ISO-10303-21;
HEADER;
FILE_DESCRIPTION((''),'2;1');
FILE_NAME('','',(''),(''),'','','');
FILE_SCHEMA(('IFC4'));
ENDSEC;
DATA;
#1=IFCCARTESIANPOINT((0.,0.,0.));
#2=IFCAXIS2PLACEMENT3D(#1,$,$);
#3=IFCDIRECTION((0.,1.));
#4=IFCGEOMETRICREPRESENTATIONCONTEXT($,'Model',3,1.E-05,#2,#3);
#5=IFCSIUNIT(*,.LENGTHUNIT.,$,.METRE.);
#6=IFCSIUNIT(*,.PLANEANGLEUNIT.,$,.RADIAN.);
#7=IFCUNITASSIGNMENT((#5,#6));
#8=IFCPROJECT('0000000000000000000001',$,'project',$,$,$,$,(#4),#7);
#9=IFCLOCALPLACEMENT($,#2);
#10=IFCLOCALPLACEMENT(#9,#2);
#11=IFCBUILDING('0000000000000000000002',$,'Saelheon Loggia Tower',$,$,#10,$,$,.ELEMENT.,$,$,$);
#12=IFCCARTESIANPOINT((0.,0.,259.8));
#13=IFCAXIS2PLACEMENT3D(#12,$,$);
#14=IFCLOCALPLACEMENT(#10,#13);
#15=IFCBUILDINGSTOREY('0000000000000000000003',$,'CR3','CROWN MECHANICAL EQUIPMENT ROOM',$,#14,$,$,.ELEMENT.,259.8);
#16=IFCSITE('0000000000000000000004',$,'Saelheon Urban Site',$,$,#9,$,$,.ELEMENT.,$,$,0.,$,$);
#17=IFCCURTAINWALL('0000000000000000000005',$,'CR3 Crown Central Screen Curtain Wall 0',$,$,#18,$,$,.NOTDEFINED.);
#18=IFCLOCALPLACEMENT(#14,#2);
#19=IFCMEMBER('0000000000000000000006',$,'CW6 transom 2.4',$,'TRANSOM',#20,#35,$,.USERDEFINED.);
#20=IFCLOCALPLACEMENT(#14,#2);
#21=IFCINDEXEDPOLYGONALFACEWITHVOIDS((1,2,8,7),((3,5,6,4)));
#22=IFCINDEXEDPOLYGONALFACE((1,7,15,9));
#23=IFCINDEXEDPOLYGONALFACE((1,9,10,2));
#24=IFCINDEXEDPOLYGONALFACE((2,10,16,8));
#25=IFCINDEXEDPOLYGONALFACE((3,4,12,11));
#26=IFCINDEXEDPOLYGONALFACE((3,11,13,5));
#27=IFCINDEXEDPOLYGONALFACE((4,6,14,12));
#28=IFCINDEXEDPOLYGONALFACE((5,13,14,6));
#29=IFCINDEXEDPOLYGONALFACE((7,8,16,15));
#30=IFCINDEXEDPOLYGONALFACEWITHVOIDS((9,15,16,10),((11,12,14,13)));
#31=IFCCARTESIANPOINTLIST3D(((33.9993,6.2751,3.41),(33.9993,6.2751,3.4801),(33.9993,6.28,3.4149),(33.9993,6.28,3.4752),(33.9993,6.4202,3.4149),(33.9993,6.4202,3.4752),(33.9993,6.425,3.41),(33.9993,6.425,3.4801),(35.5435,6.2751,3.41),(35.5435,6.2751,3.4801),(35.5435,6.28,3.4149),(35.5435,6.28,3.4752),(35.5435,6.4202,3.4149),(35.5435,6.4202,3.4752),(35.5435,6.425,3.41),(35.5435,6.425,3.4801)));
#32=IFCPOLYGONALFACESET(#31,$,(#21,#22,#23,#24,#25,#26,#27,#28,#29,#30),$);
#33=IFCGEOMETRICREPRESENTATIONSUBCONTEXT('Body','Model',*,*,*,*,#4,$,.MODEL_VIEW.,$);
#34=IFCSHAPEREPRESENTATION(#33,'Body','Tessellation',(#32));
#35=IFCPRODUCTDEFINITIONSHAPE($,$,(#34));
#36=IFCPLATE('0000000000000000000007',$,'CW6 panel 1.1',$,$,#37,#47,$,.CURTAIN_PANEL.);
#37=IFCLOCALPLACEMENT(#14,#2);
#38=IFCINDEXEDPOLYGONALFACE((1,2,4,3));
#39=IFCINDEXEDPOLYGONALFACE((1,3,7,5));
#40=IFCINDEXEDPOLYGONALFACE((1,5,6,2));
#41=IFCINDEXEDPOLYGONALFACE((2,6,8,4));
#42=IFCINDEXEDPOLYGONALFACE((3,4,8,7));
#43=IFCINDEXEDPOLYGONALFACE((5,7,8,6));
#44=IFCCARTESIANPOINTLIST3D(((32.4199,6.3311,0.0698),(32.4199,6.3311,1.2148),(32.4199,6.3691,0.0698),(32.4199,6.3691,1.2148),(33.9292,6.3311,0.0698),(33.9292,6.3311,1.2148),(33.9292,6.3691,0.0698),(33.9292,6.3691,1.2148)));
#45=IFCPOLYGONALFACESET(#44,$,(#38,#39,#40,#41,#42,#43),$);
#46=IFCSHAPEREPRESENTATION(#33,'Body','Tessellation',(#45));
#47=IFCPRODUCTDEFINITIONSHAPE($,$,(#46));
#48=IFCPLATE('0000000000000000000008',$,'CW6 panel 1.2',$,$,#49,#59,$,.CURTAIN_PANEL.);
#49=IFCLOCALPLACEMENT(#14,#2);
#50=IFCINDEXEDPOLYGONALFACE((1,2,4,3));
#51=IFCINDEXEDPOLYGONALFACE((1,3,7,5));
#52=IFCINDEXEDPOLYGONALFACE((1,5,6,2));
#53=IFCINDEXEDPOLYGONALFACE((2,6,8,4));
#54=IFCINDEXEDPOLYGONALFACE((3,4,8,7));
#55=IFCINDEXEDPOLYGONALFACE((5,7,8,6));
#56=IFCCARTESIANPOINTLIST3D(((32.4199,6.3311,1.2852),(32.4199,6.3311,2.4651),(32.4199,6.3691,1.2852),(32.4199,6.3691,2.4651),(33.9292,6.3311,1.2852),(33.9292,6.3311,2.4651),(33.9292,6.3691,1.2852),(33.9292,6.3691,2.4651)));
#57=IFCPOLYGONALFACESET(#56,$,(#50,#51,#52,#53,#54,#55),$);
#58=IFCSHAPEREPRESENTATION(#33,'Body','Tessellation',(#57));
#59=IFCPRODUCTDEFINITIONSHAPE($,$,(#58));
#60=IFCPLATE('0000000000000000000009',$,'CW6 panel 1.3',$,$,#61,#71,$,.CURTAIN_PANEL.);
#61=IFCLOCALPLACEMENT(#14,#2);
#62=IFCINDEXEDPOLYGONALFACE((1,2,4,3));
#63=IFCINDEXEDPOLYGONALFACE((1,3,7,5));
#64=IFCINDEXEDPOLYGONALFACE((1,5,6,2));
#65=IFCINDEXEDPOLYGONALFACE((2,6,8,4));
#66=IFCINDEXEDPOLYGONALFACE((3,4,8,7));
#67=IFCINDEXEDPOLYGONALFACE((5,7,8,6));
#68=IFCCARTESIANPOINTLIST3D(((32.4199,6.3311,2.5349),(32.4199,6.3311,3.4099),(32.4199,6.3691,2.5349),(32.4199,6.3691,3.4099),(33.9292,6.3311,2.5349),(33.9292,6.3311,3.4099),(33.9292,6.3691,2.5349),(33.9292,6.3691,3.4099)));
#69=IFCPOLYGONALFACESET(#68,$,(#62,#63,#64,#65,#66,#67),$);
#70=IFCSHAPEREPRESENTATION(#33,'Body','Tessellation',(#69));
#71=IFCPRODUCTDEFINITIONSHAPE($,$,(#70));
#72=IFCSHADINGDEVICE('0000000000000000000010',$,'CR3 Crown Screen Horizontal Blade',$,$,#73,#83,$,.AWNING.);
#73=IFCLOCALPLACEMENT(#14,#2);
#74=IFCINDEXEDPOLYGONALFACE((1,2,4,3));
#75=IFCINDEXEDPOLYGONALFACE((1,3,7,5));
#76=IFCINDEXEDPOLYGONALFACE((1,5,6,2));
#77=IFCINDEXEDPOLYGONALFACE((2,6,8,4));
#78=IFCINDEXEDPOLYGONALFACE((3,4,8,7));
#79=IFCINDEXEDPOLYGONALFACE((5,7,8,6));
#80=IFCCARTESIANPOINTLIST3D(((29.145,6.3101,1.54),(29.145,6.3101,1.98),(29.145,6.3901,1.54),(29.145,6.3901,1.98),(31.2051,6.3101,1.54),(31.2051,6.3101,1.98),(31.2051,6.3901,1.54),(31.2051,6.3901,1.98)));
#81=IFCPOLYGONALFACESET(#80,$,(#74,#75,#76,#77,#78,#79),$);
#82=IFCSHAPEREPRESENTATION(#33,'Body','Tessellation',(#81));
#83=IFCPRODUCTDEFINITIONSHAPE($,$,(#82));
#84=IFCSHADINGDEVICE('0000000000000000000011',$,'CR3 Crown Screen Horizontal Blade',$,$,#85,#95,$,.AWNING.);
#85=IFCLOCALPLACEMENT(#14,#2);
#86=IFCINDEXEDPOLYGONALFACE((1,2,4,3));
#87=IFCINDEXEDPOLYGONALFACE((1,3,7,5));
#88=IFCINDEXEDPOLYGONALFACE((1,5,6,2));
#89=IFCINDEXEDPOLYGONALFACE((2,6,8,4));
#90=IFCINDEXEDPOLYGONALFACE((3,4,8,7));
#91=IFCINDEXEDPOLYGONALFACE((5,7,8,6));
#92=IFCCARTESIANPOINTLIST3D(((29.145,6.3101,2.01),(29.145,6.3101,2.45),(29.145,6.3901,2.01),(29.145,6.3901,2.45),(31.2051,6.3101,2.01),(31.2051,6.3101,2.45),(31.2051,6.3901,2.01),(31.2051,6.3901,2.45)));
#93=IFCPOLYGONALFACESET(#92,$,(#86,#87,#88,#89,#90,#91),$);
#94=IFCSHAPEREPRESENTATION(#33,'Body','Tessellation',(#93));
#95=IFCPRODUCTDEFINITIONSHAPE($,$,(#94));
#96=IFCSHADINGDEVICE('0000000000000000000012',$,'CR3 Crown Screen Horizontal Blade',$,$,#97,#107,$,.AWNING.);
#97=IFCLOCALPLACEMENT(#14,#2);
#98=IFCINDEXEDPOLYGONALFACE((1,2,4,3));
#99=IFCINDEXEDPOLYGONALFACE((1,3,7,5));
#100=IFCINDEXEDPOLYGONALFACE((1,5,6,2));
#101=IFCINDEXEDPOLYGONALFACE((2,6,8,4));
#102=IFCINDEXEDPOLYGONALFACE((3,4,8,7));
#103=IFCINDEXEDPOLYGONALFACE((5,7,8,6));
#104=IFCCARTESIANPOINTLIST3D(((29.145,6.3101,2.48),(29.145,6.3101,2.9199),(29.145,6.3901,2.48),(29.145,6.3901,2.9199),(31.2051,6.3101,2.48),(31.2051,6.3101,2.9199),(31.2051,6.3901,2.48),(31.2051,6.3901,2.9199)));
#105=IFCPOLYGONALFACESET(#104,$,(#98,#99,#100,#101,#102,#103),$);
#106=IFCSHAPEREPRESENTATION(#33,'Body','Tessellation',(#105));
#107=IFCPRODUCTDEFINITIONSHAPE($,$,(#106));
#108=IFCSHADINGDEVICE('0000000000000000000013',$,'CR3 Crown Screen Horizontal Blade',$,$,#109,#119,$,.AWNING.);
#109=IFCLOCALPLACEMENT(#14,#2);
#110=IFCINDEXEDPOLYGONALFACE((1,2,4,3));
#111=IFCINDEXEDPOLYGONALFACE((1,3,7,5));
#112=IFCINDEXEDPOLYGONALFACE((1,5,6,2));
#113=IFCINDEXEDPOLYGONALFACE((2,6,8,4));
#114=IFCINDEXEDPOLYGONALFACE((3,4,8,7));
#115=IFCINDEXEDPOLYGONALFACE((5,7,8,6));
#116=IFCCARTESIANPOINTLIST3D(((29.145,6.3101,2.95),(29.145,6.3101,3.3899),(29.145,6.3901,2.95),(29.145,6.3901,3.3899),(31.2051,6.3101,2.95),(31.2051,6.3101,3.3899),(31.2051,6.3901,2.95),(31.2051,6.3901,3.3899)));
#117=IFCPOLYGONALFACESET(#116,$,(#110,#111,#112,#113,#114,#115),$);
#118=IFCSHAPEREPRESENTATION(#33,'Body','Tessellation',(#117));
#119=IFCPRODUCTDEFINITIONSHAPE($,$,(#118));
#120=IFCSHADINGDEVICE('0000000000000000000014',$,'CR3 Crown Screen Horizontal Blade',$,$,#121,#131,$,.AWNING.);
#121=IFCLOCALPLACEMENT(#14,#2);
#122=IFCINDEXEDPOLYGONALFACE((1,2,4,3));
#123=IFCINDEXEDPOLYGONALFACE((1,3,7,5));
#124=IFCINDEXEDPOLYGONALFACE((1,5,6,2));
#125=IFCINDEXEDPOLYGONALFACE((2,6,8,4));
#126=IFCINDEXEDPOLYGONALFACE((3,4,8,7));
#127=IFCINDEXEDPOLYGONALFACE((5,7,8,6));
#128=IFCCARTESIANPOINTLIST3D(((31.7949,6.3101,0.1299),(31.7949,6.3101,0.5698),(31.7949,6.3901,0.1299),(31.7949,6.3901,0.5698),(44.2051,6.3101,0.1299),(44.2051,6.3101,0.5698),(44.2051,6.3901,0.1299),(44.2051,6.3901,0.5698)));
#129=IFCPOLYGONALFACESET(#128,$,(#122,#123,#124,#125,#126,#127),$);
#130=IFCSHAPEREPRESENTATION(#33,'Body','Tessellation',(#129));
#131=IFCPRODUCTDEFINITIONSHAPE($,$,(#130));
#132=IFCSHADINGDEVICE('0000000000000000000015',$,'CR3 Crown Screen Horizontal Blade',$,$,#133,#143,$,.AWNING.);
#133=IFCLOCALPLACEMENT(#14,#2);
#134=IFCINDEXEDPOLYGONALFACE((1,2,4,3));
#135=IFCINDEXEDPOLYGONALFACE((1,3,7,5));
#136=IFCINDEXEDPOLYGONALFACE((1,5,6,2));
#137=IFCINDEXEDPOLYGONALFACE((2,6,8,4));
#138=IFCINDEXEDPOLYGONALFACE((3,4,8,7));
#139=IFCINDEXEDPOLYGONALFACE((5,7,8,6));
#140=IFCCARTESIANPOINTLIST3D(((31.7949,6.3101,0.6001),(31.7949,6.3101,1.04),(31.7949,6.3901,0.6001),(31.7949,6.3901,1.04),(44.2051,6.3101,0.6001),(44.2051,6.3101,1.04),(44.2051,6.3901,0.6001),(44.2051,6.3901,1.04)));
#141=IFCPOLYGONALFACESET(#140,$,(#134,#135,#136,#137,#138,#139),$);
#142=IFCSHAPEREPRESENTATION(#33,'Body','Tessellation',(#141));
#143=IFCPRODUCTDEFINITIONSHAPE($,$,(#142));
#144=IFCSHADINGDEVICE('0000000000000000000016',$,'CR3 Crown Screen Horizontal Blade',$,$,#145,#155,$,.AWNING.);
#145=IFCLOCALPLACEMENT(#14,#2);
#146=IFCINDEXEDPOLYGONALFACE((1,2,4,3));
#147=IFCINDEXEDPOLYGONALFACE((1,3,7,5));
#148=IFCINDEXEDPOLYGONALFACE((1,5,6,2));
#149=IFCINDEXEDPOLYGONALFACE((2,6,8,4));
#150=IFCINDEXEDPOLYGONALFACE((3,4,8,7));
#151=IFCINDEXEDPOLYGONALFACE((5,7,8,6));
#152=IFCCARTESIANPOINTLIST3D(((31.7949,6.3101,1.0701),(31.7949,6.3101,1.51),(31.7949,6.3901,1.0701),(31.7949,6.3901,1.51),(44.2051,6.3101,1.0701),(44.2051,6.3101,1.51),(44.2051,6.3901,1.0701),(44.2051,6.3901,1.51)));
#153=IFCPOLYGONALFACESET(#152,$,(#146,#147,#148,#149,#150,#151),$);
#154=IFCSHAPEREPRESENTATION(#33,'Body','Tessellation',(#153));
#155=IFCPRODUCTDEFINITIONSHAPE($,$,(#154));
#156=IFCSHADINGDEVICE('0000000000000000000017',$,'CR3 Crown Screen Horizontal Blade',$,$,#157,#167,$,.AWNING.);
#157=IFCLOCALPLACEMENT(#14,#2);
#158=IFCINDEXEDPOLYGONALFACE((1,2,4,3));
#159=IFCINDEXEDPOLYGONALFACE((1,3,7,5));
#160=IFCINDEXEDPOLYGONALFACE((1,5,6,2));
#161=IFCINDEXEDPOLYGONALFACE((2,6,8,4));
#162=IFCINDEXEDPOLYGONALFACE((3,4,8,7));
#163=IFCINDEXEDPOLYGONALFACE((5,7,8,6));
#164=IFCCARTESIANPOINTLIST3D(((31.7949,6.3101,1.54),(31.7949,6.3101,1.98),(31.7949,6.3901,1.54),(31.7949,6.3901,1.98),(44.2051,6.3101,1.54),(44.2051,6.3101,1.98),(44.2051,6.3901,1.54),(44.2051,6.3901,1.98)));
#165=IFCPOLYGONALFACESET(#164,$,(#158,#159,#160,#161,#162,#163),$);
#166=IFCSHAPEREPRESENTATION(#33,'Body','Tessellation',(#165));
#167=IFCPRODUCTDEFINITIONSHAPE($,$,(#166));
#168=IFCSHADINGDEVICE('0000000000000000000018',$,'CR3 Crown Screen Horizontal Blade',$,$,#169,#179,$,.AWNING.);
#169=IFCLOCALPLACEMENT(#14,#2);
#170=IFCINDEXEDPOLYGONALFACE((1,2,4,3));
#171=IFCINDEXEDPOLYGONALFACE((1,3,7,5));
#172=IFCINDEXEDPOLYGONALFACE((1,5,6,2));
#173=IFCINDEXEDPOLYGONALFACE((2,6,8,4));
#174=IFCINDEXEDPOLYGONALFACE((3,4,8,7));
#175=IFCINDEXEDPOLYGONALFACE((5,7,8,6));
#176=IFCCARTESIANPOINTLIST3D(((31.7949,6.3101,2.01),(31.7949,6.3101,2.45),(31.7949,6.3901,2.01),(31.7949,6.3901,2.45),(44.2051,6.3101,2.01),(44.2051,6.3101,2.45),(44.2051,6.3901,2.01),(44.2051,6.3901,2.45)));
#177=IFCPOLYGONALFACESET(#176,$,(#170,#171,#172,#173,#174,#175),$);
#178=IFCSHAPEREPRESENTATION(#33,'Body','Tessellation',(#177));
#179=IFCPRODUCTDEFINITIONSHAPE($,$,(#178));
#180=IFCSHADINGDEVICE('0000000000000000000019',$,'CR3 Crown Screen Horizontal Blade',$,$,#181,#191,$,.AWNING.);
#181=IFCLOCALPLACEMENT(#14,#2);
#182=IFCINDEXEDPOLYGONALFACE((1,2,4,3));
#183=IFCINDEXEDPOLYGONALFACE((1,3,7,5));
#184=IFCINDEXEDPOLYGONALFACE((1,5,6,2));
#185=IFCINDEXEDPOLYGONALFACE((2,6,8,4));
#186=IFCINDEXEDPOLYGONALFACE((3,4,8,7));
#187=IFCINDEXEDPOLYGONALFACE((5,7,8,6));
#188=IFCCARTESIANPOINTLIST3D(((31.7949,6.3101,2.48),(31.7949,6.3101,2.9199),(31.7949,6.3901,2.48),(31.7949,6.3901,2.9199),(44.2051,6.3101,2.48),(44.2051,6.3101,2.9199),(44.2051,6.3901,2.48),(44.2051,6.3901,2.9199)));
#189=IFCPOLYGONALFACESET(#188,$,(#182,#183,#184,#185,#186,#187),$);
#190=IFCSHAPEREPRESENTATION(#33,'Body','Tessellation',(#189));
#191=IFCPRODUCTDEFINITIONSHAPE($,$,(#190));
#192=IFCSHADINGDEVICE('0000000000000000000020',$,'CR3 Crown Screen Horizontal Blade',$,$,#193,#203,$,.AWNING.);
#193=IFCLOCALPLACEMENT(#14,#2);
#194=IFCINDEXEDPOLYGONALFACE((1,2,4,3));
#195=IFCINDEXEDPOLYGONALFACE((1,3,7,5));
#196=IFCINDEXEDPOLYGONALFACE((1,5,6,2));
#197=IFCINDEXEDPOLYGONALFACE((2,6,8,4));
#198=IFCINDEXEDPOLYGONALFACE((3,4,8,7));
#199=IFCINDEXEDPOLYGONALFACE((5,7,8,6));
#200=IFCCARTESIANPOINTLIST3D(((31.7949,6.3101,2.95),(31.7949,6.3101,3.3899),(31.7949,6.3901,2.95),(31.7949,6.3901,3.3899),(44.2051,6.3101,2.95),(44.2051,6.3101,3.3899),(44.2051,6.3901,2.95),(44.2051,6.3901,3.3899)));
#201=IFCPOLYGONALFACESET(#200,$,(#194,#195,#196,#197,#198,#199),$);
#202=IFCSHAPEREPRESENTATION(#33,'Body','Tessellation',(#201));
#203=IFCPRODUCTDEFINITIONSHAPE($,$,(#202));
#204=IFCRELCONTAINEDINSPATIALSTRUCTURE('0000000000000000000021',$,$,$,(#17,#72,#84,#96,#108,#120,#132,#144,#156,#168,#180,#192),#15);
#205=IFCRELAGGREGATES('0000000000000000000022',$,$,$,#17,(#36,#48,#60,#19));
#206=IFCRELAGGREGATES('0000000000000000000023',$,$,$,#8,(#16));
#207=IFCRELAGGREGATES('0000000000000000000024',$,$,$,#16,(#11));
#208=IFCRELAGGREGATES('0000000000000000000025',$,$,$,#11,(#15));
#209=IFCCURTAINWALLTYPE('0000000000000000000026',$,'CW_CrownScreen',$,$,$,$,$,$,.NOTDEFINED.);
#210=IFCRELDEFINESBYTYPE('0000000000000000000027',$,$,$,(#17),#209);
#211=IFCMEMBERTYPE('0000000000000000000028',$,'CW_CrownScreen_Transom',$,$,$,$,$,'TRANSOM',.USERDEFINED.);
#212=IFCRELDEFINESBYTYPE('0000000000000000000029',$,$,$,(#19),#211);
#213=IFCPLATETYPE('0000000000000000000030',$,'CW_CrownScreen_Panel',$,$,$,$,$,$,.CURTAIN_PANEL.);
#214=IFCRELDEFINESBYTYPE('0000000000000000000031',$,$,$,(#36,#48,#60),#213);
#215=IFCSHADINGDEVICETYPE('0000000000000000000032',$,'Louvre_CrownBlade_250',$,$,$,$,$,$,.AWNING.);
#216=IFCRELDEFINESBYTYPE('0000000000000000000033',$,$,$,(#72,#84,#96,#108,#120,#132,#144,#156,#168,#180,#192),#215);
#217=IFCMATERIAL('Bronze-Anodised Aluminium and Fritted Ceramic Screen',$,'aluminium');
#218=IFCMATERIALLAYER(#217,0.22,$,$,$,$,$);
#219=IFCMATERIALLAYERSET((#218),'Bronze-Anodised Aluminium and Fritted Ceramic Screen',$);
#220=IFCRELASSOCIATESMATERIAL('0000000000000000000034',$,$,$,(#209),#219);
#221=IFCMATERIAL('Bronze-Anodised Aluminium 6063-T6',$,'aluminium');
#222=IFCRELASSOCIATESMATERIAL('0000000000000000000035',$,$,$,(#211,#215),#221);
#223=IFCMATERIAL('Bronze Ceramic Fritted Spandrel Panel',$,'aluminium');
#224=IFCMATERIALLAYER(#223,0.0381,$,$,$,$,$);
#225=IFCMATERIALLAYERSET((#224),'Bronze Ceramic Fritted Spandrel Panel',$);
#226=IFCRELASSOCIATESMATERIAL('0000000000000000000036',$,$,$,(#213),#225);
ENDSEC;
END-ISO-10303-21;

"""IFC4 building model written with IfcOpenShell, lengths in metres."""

from ifc_helpers import new_model, si_unit, direction, frame, origin, origin_2d, place, context, subcontext, project, spatial, rectangle, hollow_rectangle, extrude, source, transform, mapped, material, layer, layer_set, material_profile, profile_set, type_object, element, aggregate, save


model = new_model("IFC4")

# Units and contexts
model_context = context("Model", 3, precision=1e-05, world=origin(), true_north=direction((0.0, 1.0)))
body_context = subcontext(model_context, "Body", "Model", "MODEL_VIEW")
ifc_project = project(units=[si_unit("LENGTHUNIT", "METRE"), si_unit("PLANEANGLEUNIT", "RADIAN")], contexts=[model_context])

# Site, building, storey
site_placement = place(None, origin())
site = spatial("IfcSite", under=ifc_project, at=site_placement, Name="Saelheon Urban Site", CompositionType="ELEMENT", RefElevation=0.0)
building_placement = place(site_placement, origin())
building = spatial("IfcBuilding", under=site, at=building_placement, Name="Saelheon Loggia Tower", CompositionType="ELEMENT")
storey_placement = place(building_placement, frame((0.0, 0.0, 259.8)))
storey = spatial("IfcBuildingStorey", under=building, at=storey_placement, Name="CR3", Description="CROWN MECHANICAL EQUIPMENT ROOM", CompositionType="ELEMENT", Elevation=259.8)

# Curtain wall, member, plates
ifc_material_1 = material(Name="Bronze-Anodised Aluminium and Fritted Ceramic Screen", Category="aluminium")
ifc_layer_1 = layer(ifc_material_1, 0.22)
ifc_layer_set_1 = layer_set([ifc_layer_1], Name="Bronze-Anodised Aluminium and Fritted Ceramic Screen")
curtain_wall_type = type_object("IfcCurtainWallType", Name="CW_CrownScreen", PredefinedType="NOTDEFINED", material=ifc_layer_set_1)
curtain_wall_placement = place(storey_placement, origin())
curtain_wall = element("IfcCurtainWall", 1, at=curtain_wall_placement, inside=storey, type_object=curtain_wall_type, Name="CR3 Crown Central Screen Curtain Wall 0", PredefinedType="NOTDEFINED")
ifc_material_2 = material(Name="Bronze-Anodised Aluminium 6063-T6", Category="aluminium")
ifc_material_profile_1 = material_profile(ifc_material_2, hollow_rectangle(XDim=0.0701, YDim=0.1499, WallThickness=0.0049, at=origin_2d()), Name="RHS-150x70x5")
ifc_profile_set_1 = profile_set([ifc_material_profile_1], Name="Bronze-Anodised Aluminium 6063-T6")
member_type_1 = type_object("IfcMemberType", Name="CW_CrownScreen_Transom", ElementType="TRANSOM", PredefinedType="USERDEFINED", material=ifc_profile_set_1)
shared_shape_1 = source(origin(), body_context, "Body", "SweptSolid", [
    extrude(hollow_rectangle(XDim=0.0701, YDim=0.1499, WallThickness=0.0049, at=origin_2d()), origin(), (0.0, 0.0, 1.0), 1.5442),
])
member_1_placement = place(storey_placement, frame((33.9993, 6.3501, 3.4451), z_axis=(1.0, 0.0, 0.0), x_axis=(0.0, 0.0, 1.0)))
member_1 = element("IfcMember", 2, at=member_1_placement, type_object=member_type_1, Name="CW6 transom 2.4", ObjectType="TRANSOM", PredefinedType="USERDEFINED", context=body_context, shape_type="MappedRepresentation", body=[
    mapped(shared_shape_1, transform((0.0, 0.0, 0.0), scale=1.0)),
])
ifc_material_3 = material(Name="Bronze Ceramic Fritted Spandrel Panel", Category="aluminium")
ifc_layer_2 = layer(ifc_material_3, 0.0381)
ifc_layer_set_2 = layer_set([ifc_layer_2], Name="Bronze Ceramic Fritted Spandrel Panel")
plate_type = type_object("IfcPlateType", Name="CW_CrownScreen_Panel", PredefinedType="CURTAIN_PANEL", material=ifc_layer_set_2)
shared_shape_2 = source(origin(), body_context, "Body", "SweptSolid", [
    extrude(rectangle(XDim=1.5093, YDim=0.0381, at=origin_2d()), origin(), (0.0, 0.0, 1.0), 1.145),
])
plate_1_placement = place(storey_placement, frame((33.1746, 6.3501, 0.0698), z_axis=(0.0, 0.0, 1.0), x_axis=(1.0, 0.0, 0.0)))
plate_1 = element("IfcPlate", 3, at=plate_1_placement, type_object=plate_type, Name="CW6 panel 1.1", PredefinedType="CURTAIN_PANEL", context=body_context, shape_type="MappedRepresentation", body=[
    mapped(shared_shape_2, transform((0.0, 0.0, 0.0), scale=1.0)),
])
shared_shape_3 = source(origin(), body_context, "Body", "SweptSolid", [
    extrude(rectangle(XDim=1.5093, YDim=0.0381, at=origin_2d()), origin(), (0.0, 0.0, 1.0), 1.1799),
])
plate_2_placement = place(storey_placement, frame((33.1746, 6.3501, 1.2852), z_axis=(0.0, 0.0, 1.0), x_axis=(1.0, 0.0, 0.0)))
plate_2 = element("IfcPlate", 4, at=plate_2_placement, type_object=plate_type, Name="CW6 panel 1.2", PredefinedType="CURTAIN_PANEL", context=body_context, shape_type="MappedRepresentation", body=[
    mapped(shared_shape_3, transform((0.0, 0.0, 0.0), scale=1.0)),
])
shared_shape_4 = source(origin(), body_context, "Body", "SweptSolid", [
    extrude(rectangle(XDim=1.5093, YDim=0.0381, at=origin_2d()), origin(), (0.0, 0.0, 1.0), 0.875),
])
plate_3_placement = place(storey_placement, frame((33.1746, 6.3501, 2.5349), z_axis=(0.0, 0.0, 1.0), x_axis=(1.0, 0.0, 0.0)))
plate_3 = element("IfcPlate", 5, at=plate_3_placement, type_object=plate_type, Name="CW6 panel 1.3", PredefinedType="CURTAIN_PANEL", context=body_context, shape_type="MappedRepresentation", body=[
    mapped(shared_shape_4, transform((0.0, 0.0, 0.0), scale=1.0)),
])
aggregate(curtain_wall, [plate_1, plate_2, plate_3, member_1])

# Shading devices
ifc_material_profile_2 = material_profile(ifc_material_2, rectangle(XDim=0.0801, YDim=0.4399, at=origin_2d()), Name="Louvre_CrownBlade_250")
ifc_profile_set_2 = profile_set([ifc_material_profile_2], Name="Bronze-Anodised Aluminium 6063-T6")
shading_device_type = type_object("IfcShadingDeviceType", Name="Louvre_CrownBlade_250", PredefinedType="AWNING", material=ifc_profile_set_2)
shared_shape_5 = source(origin(), body_context, "Body", "SweptSolid", [
    extrude(rectangle(XDim=0.0801, YDim=0.4399, at=origin_2d()), origin(), (0.0, 0.0, 1.0), 2.0601),
])
for number, where, z_axis, x_axis, name in (
    (6, (29.145, 6.3501, 1.76), (1.0, 0.0, 0.0), (0.0, 1.0, 0.0), "CR3 Crown Screen Horizontal Blade"),
    (7, (29.145, 6.3501, 2.23), (1.0, 0.0, 0.0), (0.0, 1.0, 0.0), "CR3 Crown Screen Horizontal Blade"),
    (8, (29.145, 6.3501, 2.7), (1.0, 0.0, 0.0), (0.0, 1.0, 0.0), "CR3 Crown Screen Horizontal Blade"),
    (9, (29.145, 6.3501, 3.1699), (1.0, 0.0, 0.0), (0.0, 1.0, 0.0), "CR3 Crown Screen Horizontal Blade"),
):
    element("IfcShadingDevice", number, at=place(storey_placement, frame(where, z_axis=z_axis, x_axis=x_axis)), inside=storey, type_object=shading_device_type, Name=name, PredefinedType="AWNING", context=body_context, shape_type="MappedRepresentation", body=[
        mapped(shared_shape_5, transform((0.0, 0.0, 0.0), scale=1.0)),
    ])
shared_shape_6 = source(origin(), body_context, "Body", "SweptSolid", [
    extrude(rectangle(XDim=0.0801, YDim=0.4399, at=origin_2d()), origin(), (0.0, 0.0, 1.0), 12.4102),
])
for number, where, z_axis, x_axis, name in (
    (10, (31.7949, 6.3501, 0.3499), (1.0, 0.0, 0.0), (0.0, 1.0, 0.0), "CR3 Crown Screen Horizontal Blade"),
    (11, (31.7949, 6.3501, 0.8201), (1.0, 0.0, 0.0), (0.0, 1.0, 0.0), "CR3 Crown Screen Horizontal Blade"),
    (12, (31.7949, 6.3501, 1.29), (1.0, 0.0, 0.0), (0.0, 1.0, 0.0), "CR3 Crown Screen Horizontal Blade"),
    (13, (31.7949, 6.3501, 1.76), (1.0, 0.0, 0.0), (0.0, 1.0, 0.0), "CR3 Crown Screen Horizontal Blade"),
    (14, (31.7949, 6.3501, 2.23), (1.0, 0.0, 0.0), (0.0, 1.0, 0.0), "CR3 Crown Screen Horizontal Blade"),
    (15, (31.7949, 6.3501, 2.7), (1.0, 0.0, 0.0), (0.0, 1.0, 0.0), "CR3 Crown Screen Horizontal Blade"),
    (16, (31.7949, 6.3501, 3.1699), (1.0, 0.0, 0.0), (0.0, 1.0, 0.0), "CR3 Crown Screen Horizontal Blade"),
):
    element("IfcShadingDevice", number, at=place(storey_placement, frame(where, z_axis=z_axis, x_axis=x_axis)), inside=storey, type_object=shading_device_type, Name=name, PredefinedType="AWNING", context=body_context, shape_type="MappedRepresentation", body=[
        mapped(shared_shape_6, transform((0.0, 0.0, 0.0), scale=1.0)),
    ])

save(model, "model.ifc")
